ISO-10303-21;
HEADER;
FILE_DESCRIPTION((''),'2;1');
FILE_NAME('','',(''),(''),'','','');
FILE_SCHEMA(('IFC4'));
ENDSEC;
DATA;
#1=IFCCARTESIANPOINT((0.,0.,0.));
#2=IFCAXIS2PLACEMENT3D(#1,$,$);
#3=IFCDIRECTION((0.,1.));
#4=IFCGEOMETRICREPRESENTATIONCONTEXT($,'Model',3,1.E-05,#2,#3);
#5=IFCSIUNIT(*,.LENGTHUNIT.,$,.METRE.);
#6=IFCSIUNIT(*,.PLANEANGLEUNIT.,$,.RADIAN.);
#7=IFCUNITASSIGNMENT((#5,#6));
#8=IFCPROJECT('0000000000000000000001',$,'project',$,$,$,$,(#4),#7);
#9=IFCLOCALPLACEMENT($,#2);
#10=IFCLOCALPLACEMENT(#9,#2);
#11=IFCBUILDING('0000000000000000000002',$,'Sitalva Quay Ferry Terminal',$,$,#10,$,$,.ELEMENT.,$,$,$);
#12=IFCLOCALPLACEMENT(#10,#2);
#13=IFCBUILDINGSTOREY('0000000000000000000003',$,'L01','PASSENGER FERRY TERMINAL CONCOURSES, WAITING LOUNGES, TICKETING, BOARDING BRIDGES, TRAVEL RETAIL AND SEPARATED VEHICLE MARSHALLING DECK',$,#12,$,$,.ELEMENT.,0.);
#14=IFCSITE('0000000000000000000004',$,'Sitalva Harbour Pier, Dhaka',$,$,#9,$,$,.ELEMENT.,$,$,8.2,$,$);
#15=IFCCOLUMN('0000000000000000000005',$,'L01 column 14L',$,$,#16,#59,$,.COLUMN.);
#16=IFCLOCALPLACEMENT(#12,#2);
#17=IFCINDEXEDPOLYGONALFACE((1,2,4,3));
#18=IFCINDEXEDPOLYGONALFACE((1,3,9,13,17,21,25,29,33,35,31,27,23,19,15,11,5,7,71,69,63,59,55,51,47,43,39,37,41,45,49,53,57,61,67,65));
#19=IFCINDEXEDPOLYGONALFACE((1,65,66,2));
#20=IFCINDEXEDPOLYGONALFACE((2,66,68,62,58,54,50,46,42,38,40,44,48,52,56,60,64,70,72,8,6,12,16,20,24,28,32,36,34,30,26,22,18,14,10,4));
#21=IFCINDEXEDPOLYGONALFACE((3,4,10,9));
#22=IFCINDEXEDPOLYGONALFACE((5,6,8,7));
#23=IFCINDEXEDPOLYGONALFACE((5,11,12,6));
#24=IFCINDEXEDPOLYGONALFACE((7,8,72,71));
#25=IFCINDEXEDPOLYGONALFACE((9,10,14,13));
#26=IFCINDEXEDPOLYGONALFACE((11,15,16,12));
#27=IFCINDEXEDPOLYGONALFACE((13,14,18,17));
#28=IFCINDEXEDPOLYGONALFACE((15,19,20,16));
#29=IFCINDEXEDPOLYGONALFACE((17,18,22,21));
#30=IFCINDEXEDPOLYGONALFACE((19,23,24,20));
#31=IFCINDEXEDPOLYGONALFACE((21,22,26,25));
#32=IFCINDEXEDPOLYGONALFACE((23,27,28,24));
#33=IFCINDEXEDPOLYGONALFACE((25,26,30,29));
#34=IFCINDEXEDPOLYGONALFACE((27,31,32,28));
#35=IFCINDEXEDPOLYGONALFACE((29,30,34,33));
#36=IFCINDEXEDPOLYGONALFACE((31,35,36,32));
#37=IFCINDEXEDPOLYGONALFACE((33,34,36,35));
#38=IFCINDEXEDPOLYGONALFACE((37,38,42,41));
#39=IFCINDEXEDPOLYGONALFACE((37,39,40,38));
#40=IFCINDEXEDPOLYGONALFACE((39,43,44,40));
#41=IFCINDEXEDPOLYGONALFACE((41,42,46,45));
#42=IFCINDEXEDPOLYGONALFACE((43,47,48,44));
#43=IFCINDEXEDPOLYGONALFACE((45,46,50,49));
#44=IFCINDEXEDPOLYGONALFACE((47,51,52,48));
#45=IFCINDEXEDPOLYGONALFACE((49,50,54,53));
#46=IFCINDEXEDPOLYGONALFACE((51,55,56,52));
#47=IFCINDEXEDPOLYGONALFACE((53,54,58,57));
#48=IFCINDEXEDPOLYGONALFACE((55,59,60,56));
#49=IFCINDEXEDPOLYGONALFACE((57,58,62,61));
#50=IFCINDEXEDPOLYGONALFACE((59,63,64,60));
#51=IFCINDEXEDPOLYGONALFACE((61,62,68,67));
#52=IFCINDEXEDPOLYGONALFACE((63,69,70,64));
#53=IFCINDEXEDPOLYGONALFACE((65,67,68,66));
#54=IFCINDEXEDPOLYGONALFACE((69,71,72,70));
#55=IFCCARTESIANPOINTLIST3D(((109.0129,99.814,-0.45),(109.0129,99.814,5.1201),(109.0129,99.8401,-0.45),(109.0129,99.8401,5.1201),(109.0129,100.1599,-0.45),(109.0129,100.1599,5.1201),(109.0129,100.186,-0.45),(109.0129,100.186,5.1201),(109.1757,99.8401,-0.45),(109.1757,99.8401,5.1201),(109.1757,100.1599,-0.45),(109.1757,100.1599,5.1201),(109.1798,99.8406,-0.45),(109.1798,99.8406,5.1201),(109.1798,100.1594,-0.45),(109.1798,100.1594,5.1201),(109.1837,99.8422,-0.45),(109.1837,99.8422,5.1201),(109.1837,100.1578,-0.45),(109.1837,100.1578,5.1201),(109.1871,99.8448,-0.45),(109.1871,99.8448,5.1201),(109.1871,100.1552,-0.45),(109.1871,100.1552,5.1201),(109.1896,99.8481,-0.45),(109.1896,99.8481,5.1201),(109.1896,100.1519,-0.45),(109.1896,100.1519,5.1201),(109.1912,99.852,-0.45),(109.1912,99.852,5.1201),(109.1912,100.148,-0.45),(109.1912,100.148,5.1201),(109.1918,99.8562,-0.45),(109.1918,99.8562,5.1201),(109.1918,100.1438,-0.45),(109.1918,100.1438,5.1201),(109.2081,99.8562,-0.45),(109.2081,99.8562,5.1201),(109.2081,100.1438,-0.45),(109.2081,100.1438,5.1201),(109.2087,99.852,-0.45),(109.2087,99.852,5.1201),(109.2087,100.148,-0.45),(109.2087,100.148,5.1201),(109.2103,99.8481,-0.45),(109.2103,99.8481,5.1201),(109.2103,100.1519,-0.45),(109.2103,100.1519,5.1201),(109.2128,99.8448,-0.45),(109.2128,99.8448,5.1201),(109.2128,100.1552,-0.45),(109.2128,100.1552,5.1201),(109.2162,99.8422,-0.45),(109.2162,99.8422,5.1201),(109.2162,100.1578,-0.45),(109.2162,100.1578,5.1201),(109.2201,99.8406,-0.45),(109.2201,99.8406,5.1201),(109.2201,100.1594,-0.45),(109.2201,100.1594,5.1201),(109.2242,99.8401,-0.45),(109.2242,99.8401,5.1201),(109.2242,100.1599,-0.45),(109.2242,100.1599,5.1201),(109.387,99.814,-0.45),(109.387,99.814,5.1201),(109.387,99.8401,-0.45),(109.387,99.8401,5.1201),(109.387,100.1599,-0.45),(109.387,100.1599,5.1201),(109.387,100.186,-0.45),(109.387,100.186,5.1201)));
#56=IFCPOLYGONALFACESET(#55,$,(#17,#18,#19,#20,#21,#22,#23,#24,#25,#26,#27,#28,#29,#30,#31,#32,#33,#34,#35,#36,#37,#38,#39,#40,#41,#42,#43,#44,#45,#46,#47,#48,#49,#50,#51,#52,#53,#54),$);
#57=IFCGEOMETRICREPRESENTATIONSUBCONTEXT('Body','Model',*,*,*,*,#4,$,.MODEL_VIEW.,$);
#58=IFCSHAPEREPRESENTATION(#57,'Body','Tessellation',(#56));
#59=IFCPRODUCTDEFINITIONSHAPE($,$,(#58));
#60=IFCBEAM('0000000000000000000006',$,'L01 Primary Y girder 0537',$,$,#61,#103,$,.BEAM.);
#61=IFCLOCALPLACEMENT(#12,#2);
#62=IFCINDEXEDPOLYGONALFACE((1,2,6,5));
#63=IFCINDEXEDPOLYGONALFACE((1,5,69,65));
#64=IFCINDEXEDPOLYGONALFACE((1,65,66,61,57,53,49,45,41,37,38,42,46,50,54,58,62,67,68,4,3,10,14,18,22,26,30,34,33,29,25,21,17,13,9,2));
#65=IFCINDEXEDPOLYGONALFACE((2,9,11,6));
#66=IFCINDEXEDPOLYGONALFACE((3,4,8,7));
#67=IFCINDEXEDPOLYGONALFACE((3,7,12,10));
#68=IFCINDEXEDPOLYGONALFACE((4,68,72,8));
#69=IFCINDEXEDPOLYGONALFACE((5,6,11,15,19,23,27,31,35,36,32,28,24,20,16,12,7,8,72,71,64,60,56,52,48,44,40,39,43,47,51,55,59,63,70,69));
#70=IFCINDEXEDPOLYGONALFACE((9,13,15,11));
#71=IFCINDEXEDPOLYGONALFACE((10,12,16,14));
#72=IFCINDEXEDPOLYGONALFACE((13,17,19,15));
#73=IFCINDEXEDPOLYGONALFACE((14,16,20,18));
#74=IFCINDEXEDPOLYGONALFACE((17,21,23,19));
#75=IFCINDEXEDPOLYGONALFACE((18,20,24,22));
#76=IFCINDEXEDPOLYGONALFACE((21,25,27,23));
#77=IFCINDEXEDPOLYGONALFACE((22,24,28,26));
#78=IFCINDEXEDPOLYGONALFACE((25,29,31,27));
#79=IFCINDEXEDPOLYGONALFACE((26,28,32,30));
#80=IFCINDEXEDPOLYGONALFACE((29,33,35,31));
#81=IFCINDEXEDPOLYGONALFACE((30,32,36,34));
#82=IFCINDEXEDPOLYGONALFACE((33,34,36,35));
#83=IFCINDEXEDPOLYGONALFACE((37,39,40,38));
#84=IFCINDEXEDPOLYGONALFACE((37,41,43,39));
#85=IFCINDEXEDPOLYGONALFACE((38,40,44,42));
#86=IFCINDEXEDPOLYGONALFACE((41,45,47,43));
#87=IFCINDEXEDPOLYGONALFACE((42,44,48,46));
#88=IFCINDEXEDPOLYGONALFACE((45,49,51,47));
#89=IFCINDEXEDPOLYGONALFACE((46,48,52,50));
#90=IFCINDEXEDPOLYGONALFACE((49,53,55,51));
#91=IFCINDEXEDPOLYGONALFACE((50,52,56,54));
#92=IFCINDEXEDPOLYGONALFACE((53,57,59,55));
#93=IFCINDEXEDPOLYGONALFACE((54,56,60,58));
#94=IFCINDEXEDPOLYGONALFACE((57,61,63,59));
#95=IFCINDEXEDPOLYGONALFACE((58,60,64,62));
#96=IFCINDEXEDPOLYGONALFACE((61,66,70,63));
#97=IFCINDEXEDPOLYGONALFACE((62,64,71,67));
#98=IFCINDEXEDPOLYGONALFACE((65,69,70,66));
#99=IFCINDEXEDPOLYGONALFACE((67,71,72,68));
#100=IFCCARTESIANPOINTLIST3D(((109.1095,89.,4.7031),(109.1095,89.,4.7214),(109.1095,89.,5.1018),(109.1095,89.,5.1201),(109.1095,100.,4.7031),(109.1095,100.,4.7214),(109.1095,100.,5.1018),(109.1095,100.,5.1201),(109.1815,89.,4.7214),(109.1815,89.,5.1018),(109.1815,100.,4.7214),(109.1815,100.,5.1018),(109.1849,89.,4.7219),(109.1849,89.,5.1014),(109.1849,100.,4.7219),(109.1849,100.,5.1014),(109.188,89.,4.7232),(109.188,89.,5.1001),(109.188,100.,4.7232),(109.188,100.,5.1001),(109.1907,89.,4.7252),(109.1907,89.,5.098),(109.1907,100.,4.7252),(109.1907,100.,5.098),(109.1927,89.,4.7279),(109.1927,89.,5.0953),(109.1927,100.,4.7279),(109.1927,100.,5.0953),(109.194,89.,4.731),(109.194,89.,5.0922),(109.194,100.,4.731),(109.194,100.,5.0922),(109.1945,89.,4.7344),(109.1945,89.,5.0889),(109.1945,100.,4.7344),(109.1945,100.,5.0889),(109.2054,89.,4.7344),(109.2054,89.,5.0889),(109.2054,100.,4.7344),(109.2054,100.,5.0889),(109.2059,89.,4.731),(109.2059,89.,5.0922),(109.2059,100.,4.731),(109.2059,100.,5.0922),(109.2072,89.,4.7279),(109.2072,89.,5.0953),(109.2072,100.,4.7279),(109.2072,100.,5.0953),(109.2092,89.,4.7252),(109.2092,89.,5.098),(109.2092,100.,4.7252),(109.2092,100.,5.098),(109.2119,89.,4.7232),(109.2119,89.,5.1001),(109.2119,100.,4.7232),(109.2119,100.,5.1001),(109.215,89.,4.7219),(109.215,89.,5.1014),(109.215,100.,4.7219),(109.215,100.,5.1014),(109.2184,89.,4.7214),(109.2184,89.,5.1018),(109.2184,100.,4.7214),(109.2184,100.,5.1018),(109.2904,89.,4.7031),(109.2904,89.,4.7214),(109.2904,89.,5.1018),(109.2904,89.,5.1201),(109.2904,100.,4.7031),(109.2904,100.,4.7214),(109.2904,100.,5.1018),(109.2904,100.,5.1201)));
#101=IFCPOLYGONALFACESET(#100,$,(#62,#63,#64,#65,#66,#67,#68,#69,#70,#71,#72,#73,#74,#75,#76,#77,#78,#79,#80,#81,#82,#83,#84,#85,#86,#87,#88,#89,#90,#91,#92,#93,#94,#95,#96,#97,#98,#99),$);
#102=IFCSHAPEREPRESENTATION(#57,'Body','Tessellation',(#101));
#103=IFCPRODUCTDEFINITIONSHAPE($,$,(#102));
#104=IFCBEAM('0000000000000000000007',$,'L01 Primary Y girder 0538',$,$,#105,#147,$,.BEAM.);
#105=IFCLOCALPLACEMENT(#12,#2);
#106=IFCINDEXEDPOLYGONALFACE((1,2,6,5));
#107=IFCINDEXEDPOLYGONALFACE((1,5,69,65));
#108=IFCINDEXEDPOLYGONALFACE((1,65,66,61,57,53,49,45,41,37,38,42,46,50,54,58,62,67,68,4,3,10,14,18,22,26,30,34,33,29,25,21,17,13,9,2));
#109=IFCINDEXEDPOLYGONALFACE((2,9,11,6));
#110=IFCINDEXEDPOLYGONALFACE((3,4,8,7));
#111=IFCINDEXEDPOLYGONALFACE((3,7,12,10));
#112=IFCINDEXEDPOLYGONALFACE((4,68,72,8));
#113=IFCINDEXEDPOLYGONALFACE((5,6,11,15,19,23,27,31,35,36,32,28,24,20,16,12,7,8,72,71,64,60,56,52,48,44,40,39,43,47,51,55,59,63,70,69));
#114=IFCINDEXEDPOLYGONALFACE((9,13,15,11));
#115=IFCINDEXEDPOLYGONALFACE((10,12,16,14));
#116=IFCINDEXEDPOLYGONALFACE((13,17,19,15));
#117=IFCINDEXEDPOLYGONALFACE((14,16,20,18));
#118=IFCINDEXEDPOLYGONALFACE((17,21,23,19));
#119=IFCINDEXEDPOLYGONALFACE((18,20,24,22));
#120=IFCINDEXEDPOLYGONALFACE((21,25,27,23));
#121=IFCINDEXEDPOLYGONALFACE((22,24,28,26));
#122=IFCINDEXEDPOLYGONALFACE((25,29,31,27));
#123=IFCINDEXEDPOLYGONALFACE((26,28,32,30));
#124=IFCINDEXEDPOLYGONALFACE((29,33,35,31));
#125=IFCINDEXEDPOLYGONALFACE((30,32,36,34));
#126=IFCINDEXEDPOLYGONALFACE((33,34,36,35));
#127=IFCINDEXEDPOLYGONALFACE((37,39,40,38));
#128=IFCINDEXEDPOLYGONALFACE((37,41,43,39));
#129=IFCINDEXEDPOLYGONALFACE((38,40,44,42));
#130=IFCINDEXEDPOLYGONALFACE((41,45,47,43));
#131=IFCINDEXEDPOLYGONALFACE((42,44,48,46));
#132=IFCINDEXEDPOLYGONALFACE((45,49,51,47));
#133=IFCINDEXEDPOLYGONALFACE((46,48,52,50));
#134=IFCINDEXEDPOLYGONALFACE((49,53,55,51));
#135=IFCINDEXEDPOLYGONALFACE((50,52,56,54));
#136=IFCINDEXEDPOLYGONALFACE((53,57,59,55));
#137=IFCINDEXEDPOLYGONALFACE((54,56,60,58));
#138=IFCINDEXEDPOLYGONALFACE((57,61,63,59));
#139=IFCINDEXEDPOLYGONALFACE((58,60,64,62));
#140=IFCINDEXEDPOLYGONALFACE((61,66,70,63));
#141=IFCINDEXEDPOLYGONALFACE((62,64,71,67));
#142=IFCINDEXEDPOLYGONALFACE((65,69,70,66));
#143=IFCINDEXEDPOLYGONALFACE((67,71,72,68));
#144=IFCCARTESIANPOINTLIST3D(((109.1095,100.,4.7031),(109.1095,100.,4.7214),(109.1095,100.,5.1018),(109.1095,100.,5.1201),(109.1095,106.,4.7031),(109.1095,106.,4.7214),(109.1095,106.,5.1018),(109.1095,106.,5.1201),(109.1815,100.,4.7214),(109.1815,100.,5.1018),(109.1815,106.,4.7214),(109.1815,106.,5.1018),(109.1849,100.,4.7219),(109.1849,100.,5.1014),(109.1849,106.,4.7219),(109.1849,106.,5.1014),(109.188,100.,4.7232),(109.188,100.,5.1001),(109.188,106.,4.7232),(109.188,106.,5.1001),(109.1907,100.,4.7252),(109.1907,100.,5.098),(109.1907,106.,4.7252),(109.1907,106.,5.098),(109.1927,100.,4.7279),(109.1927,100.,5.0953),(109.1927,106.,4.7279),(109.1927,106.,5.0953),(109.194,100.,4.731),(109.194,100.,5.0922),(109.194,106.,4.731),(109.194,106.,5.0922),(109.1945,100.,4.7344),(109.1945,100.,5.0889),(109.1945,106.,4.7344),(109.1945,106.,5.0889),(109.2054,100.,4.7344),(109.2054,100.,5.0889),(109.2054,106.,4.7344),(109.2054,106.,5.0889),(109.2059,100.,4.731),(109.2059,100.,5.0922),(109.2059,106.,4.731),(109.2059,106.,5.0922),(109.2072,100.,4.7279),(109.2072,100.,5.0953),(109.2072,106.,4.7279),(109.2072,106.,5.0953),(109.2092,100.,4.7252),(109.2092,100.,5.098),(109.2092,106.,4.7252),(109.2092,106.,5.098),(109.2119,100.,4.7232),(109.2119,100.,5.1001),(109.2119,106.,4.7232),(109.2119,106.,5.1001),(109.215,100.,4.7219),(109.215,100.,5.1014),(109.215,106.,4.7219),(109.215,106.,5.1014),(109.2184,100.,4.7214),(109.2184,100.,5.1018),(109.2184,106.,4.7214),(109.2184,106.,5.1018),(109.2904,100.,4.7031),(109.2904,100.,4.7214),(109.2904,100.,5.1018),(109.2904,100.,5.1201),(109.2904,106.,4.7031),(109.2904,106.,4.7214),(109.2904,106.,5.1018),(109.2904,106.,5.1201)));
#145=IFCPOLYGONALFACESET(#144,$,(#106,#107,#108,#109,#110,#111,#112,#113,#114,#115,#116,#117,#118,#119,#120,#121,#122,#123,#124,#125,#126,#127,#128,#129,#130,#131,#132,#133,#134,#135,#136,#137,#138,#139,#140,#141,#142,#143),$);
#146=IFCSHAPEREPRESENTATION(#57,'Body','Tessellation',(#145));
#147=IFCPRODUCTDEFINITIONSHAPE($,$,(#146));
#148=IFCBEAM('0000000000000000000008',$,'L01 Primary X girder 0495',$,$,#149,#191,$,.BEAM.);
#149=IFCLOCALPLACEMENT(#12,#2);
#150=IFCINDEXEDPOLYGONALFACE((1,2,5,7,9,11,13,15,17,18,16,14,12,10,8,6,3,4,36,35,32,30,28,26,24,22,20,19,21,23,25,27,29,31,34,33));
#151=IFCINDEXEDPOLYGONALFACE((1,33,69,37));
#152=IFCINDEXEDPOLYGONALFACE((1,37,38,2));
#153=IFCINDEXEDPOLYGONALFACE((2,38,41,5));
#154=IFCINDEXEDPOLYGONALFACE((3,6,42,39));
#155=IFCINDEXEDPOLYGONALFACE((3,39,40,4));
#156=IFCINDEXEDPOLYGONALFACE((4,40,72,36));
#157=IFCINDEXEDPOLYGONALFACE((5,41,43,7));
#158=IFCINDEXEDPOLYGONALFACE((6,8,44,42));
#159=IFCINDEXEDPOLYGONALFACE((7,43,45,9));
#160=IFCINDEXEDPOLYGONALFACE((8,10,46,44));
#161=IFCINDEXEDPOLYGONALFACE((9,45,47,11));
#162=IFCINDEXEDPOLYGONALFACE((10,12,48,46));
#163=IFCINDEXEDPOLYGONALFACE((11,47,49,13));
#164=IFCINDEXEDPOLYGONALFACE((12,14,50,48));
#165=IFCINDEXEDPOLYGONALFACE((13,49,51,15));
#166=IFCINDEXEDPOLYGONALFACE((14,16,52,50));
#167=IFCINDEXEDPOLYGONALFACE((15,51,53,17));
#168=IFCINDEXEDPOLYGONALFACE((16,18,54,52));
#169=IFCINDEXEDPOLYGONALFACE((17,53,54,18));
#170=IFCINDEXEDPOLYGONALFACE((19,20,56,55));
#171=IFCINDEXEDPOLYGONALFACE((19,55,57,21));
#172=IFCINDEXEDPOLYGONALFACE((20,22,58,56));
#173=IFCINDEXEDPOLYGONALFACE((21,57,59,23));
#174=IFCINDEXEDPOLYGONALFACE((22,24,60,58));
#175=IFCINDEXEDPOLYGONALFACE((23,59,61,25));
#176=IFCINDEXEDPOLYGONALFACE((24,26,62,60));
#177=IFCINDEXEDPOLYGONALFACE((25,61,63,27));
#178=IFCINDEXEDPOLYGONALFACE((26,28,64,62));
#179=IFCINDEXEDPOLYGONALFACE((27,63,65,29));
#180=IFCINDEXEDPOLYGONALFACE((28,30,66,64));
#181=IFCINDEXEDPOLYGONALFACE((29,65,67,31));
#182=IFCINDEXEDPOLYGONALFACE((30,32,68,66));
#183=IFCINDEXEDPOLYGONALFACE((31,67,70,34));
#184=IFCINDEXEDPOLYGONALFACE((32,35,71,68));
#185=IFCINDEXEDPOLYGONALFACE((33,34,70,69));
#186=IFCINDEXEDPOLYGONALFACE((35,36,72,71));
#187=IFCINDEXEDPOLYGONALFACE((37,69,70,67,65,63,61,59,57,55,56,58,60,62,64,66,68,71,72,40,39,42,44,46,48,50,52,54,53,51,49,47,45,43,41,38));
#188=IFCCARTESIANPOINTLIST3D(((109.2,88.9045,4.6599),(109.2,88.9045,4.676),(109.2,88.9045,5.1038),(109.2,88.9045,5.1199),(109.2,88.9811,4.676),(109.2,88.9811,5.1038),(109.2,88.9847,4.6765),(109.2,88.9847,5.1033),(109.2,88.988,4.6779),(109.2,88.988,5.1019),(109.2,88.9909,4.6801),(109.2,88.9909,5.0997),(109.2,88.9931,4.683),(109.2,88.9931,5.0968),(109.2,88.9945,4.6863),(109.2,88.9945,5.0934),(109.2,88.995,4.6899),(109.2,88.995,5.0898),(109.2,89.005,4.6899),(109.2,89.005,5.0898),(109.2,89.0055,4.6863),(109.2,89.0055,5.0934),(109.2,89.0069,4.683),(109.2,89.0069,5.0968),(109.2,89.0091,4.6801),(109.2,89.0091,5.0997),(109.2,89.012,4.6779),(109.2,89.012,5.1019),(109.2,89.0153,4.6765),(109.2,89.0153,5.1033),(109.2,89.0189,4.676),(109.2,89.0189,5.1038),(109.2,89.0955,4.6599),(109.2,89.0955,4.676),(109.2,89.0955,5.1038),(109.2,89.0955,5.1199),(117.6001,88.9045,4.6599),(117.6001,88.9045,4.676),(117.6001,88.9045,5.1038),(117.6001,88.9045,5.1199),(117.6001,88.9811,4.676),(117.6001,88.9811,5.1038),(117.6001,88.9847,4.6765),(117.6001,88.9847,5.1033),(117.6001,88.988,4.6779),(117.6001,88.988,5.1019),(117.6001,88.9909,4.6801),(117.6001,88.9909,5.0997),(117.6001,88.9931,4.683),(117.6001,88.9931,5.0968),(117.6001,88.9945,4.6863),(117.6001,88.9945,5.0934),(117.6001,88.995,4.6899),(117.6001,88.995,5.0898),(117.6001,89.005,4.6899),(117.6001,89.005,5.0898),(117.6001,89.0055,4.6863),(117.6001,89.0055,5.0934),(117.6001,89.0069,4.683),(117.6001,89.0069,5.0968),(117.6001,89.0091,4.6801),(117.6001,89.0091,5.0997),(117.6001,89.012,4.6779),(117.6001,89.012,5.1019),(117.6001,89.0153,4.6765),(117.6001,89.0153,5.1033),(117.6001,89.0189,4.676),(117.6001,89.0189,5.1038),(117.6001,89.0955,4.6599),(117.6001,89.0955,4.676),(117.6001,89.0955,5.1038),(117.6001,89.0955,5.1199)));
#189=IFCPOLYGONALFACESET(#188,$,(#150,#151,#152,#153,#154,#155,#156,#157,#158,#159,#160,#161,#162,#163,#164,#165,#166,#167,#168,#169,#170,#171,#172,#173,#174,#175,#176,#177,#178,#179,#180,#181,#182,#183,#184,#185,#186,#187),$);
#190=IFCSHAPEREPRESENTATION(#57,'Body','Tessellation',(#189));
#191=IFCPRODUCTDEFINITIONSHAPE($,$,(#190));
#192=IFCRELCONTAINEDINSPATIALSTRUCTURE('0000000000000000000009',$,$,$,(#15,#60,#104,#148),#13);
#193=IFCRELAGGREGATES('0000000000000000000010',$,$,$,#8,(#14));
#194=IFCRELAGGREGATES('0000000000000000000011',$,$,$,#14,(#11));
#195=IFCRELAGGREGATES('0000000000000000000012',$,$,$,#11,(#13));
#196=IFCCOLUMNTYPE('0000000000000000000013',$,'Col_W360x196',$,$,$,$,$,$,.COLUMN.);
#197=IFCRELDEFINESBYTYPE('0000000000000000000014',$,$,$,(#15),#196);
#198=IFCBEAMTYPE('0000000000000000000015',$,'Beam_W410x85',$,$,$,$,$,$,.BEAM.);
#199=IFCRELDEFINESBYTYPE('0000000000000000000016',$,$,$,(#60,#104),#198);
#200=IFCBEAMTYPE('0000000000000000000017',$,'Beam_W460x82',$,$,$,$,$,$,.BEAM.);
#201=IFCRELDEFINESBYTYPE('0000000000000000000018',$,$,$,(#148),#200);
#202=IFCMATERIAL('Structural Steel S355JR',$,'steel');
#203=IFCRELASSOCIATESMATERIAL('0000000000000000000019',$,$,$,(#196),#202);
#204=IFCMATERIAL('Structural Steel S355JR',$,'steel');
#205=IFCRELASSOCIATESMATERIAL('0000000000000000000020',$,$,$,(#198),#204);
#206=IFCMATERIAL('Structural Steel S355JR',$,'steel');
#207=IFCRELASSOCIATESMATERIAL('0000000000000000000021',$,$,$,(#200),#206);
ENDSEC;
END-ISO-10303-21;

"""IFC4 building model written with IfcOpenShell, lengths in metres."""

from ifc_helpers import new_model, si_unit, direction, frame, origin, origin_2d, place, context, subcontext, project, spatial, i_section, extrude, material, material_profile, profile_set, type_object, element, save


model = new_model("IFC4")

# Units and contexts
model_context = context("Model", 3, precision=1e-05, world=origin(), true_north=direction((0.0, 1.0)))
body_context = subcontext(model_context, "Body", "Model", "MODEL_VIEW")
ifc_project = project(units=[si_unit("LENGTHUNIT", "METRE"), si_unit("PLANEANGLEUNIT", "RADIAN")], contexts=[model_context])

# Site, building, storey
site_placement = place(None, origin())
site = spatial("IfcSite", under=ifc_project, at=site_placement, Name="Sitalva Harbour Pier, Dhaka", CompositionType="ELEMENT", RefElevation=8.2)
building_placement = place(site_placement, origin())
building = spatial("IfcBuilding", under=site, at=building_placement, Name="Sitalva Quay Ferry Terminal", CompositionType="ELEMENT")
storey_placement = place(building_placement, origin())
storey = spatial("IfcBuildingStorey", under=building, at=storey_placement, Name="L01", Description="PASSENGER FERRY TERMINAL CONCOURSES, WAITING LOUNGES, TICKETING, BOARDING BRIDGES, TRAVEL RETAIL AND SEPARATED VEHICLE MARSHALLING DECK", CompositionType="ELEMENT", Elevation=0.0)

# Column
ifc_material_1 = material(Name="Structural Steel S355JR", Category="steel")
ifc_material_profile_1 = material_profile(ifc_material_1, i_section(OverallWidth=0.374, OverallDepth=0.3721, WebThickness=0.0164, FlangeThickness=0.0261, FilletRadius=0.0161, at=origin_2d()), Name="W360x196")
ifc_profile_set_1 = profile_set([ifc_material_profile_1], Name="Structural Steel S355JR")
column_type = type_object("IfcColumnType", Name="Col_W360x196", PredefinedType="COLUMN", material=ifc_profile_set_1)
for number, where, z_axis, x_axis, name in (
    (1, (109.2, 100.0, -0.45), (0.0, 0.0, 1.0), (1.0, 0.0, 0.0), "L01 column 14L"),
):
    element("IfcColumn", number, at=place(storey_placement, frame(where, z_axis=z_axis, x_axis=x_axis)), inside=storey, type_object=column_type, Name=name, PredefinedType="COLUMN", context=body_context, shape_type="SweptSolid", body=[
        extrude(i_section(OverallWidth=0.374, OverallDepth=0.3721, WebThickness=0.0164, FlangeThickness=0.0261, FilletRadius=0.0161, at=origin_2d()), origin(), (0.0, 0.0, 1.0), 5.5701),
    ])

# Beams
ifc_material_2 = material(Name="Structural Steel S355JR", Category="steel")
ifc_material_profile_2 = material_profile(ifc_material_2, i_section(OverallWidth=0.1809, OverallDepth=0.417, WebThickness=0.011, FlangeThickness=0.0183, FilletRadius=0.0129, at=origin_2d()), Name="W410x85")
ifc_profile_set_2 = profile_set([ifc_material_profile_2], Name="Structural Steel S355JR")
beam_type_1 = type_object("IfcBeamType", Name="Beam_W410x85", PredefinedType="BEAM", material=ifc_profile_set_2)
beam_1_placement = place(storey_placement, frame((109.2, 89.0, 4.9116), z_axis=(0.0, 1.0, 0.0), x_axis=(-1.0, 0.0, 0.0)))
element("IfcBeam", 2, at=beam_1_placement, inside=storey, type_object=beam_type_1, Name="L01 Primary Y girder 0537", PredefinedType="BEAM", context=body_context, shape_type="SweptSolid", body=[
    extrude(i_section(OverallWidth=0.1809, OverallDepth=0.417, WebThickness=0.011, FlangeThickness=0.0183, FilletRadius=0.0129, at=origin_2d()), origin(), (0.0, 0.0, 1.0), 11.0),
])
beam_2_placement = place(storey_placement, frame((109.2, 100.0, 4.9116), z_axis=(0.0, 1.0, 0.0), x_axis=(-1.0, 0.0, 0.0)))
element("IfcBeam", 3, at=beam_2_placement, inside=storey, type_object=beam_type_1, Name="L01 Primary Y girder 0538", PredefinedType="BEAM", context=body_context, shape_type="SweptSolid", body=[
    extrude(i_section(OverallWidth=0.1809, OverallDepth=0.417, WebThickness=0.011, FlangeThickness=0.0183, FilletRadius=0.0129, at=origin_2d()), origin(), (0.0, 0.0, 1.0), 6.0),
])
ifc_material_3 = material(Name="Structural Steel S355JR", Category="steel")
ifc_material_profile_3 = material_profile(ifc_material_3, i_section(OverallWidth=0.1909, OverallDepth=0.46, WebThickness=0.01, FlangeThickness=0.0161, FilletRadius=0.0139, at=origin_2d()), Name="W460x82")
ifc_profile_set_3 = profile_set([ifc_material_profile_3], Name="Structural Steel S355JR")
beam_type_2 = type_object("IfcBeamType", Name="Beam_W460x82", PredefinedType="BEAM", material=ifc_profile_set_3)
for number, where, z_axis, x_axis, name in (
    (4, (109.2, 89.0, 4.8899), (1.0, 0.0, 0.0), (0.0, 1.0, 0.0), "L01 Primary X girder 0495"),
):
    element("IfcBeam", number, at=place(storey_placement, frame(where, z_axis=z_axis, x_axis=x_axis)), inside=storey, type_object=beam_type_2, Name=name, PredefinedType="BEAM", context=body_context, shape_type="SweptSolid", body=[
        extrude(i_section(OverallWidth=0.1909, OverallDepth=0.46, WebThickness=0.01, FlangeThickness=0.0161, FilletRadius=0.0139, at=origin_2d()), origin(), (0.0, 0.0, 1.0), 8.4001),
    ])

save(model, "model.ifc")
